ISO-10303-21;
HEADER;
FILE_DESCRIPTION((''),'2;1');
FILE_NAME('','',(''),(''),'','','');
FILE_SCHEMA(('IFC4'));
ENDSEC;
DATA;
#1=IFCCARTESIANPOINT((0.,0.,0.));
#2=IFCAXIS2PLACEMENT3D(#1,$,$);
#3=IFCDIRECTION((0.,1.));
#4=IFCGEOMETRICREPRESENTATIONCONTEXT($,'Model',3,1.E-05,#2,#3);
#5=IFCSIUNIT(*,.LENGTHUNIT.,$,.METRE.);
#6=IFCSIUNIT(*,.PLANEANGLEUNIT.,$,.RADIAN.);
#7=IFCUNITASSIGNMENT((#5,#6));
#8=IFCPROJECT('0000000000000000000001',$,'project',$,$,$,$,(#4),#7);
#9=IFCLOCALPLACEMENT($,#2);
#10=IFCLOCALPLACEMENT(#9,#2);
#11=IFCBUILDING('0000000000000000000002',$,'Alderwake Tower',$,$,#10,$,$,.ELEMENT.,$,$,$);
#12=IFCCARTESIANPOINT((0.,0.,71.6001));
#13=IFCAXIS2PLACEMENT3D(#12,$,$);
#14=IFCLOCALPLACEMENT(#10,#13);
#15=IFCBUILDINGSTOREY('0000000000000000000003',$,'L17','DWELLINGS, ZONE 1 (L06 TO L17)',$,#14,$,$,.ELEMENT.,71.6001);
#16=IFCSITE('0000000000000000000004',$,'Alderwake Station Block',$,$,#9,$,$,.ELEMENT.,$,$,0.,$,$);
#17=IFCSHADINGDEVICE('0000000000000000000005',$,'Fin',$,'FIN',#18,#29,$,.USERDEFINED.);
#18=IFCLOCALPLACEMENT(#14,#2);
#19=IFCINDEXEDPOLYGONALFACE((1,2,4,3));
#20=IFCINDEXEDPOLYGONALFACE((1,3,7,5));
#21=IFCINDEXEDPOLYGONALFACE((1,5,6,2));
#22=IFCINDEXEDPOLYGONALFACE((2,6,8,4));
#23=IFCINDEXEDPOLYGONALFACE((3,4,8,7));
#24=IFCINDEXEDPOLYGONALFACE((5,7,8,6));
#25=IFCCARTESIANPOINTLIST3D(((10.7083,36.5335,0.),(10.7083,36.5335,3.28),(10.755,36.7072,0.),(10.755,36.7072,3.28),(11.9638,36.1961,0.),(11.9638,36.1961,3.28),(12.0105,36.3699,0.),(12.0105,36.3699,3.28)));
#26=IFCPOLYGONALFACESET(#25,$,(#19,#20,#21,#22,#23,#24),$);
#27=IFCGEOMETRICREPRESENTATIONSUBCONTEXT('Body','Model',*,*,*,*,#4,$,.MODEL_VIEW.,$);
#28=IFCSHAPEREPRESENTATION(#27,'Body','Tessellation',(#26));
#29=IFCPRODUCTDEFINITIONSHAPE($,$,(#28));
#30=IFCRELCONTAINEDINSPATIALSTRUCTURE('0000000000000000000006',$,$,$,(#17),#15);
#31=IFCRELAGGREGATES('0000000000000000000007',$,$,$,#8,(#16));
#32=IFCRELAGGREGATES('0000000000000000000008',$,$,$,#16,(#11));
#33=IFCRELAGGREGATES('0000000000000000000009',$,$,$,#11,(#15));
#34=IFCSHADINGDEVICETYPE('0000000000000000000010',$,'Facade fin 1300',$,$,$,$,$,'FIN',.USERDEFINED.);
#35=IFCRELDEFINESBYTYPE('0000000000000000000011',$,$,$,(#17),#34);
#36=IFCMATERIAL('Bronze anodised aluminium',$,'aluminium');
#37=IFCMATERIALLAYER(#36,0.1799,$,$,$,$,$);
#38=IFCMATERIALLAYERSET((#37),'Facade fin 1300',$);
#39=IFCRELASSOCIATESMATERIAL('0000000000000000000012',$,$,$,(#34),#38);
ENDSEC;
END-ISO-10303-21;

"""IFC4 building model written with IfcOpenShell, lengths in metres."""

from ifc_helpers import new_model, si_unit, direction, frame, origin, origin_2d, place, context, subcontext, project, spatial, rectangle, extrude, material, layer, layer_set, type_object, element, save


model = new_model("IFC4")

# Units and contexts
model_context = context("Model", 3, precision=1e-05, world=origin(), true_north=direction((0.0, 1.0)))
body_context = subcontext(model_context, "Body", "Model", "MODEL_VIEW")
ifc_project = project(units=[si_unit("LENGTHUNIT", "METRE"), si_unit("PLANEANGLEUNIT", "RADIAN")], contexts=[model_context])

# Site, building, storey
site_placement = place(None, origin())
site = spatial("IfcSite", under=ifc_project, at=site_placement, Name="Alderwake Station Block", CompositionType="ELEMENT", RefElevation=0.0)
building_placement = place(site_placement, origin())
building = spatial("IfcBuilding", under=site, at=building_placement, Name="Alderwake Tower", CompositionType="ELEMENT")
storey_placement = place(building_placement, frame((0.0, 0.0, 71.6001)))
storey = spatial("IfcBuildingStorey", under=building, at=storey_placement, Name="L17", Description="DWELLINGS, ZONE 1 (L06 TO L17)", CompositionType="ELEMENT", Elevation=71.6001)

# Shading device
ifc_material_1 = material(Name="Bronze anodised aluminium", Category="aluminium")
ifc_layer_1 = layer(ifc_material_1, 0.1799)
ifc_layer_set_1 = layer_set([ifc_layer_1], Name="Facade fin 1300")
shading_device_type = type_object("IfcShadingDeviceType", Name="Facade fin 1300", ElementType="FIN", PredefinedType="USERDEFINED", material=ifc_layer_set_1)
shading_device_placement = place(storey_placement, frame((11.3594, 36.4517, 0.0), z_axis=(0.0, 0.0, 1.0), x_axis=(0.965744, -0.259495, 0.0)))
element("IfcShadingDevice", 1, at=shading_device_placement, inside=storey, type_object=shading_device_type, Name="Fin", ObjectType="FIN", PredefinedType="USERDEFINED", context=body_context, shape_type="SweptSolid", body=[
    extrude(rectangle(XDim=1.3, YDim=0.1799, at=origin_2d()), origin(), (0.0, 0.0, 1.0), 3.28),
])

save(model, "model.ifc")
